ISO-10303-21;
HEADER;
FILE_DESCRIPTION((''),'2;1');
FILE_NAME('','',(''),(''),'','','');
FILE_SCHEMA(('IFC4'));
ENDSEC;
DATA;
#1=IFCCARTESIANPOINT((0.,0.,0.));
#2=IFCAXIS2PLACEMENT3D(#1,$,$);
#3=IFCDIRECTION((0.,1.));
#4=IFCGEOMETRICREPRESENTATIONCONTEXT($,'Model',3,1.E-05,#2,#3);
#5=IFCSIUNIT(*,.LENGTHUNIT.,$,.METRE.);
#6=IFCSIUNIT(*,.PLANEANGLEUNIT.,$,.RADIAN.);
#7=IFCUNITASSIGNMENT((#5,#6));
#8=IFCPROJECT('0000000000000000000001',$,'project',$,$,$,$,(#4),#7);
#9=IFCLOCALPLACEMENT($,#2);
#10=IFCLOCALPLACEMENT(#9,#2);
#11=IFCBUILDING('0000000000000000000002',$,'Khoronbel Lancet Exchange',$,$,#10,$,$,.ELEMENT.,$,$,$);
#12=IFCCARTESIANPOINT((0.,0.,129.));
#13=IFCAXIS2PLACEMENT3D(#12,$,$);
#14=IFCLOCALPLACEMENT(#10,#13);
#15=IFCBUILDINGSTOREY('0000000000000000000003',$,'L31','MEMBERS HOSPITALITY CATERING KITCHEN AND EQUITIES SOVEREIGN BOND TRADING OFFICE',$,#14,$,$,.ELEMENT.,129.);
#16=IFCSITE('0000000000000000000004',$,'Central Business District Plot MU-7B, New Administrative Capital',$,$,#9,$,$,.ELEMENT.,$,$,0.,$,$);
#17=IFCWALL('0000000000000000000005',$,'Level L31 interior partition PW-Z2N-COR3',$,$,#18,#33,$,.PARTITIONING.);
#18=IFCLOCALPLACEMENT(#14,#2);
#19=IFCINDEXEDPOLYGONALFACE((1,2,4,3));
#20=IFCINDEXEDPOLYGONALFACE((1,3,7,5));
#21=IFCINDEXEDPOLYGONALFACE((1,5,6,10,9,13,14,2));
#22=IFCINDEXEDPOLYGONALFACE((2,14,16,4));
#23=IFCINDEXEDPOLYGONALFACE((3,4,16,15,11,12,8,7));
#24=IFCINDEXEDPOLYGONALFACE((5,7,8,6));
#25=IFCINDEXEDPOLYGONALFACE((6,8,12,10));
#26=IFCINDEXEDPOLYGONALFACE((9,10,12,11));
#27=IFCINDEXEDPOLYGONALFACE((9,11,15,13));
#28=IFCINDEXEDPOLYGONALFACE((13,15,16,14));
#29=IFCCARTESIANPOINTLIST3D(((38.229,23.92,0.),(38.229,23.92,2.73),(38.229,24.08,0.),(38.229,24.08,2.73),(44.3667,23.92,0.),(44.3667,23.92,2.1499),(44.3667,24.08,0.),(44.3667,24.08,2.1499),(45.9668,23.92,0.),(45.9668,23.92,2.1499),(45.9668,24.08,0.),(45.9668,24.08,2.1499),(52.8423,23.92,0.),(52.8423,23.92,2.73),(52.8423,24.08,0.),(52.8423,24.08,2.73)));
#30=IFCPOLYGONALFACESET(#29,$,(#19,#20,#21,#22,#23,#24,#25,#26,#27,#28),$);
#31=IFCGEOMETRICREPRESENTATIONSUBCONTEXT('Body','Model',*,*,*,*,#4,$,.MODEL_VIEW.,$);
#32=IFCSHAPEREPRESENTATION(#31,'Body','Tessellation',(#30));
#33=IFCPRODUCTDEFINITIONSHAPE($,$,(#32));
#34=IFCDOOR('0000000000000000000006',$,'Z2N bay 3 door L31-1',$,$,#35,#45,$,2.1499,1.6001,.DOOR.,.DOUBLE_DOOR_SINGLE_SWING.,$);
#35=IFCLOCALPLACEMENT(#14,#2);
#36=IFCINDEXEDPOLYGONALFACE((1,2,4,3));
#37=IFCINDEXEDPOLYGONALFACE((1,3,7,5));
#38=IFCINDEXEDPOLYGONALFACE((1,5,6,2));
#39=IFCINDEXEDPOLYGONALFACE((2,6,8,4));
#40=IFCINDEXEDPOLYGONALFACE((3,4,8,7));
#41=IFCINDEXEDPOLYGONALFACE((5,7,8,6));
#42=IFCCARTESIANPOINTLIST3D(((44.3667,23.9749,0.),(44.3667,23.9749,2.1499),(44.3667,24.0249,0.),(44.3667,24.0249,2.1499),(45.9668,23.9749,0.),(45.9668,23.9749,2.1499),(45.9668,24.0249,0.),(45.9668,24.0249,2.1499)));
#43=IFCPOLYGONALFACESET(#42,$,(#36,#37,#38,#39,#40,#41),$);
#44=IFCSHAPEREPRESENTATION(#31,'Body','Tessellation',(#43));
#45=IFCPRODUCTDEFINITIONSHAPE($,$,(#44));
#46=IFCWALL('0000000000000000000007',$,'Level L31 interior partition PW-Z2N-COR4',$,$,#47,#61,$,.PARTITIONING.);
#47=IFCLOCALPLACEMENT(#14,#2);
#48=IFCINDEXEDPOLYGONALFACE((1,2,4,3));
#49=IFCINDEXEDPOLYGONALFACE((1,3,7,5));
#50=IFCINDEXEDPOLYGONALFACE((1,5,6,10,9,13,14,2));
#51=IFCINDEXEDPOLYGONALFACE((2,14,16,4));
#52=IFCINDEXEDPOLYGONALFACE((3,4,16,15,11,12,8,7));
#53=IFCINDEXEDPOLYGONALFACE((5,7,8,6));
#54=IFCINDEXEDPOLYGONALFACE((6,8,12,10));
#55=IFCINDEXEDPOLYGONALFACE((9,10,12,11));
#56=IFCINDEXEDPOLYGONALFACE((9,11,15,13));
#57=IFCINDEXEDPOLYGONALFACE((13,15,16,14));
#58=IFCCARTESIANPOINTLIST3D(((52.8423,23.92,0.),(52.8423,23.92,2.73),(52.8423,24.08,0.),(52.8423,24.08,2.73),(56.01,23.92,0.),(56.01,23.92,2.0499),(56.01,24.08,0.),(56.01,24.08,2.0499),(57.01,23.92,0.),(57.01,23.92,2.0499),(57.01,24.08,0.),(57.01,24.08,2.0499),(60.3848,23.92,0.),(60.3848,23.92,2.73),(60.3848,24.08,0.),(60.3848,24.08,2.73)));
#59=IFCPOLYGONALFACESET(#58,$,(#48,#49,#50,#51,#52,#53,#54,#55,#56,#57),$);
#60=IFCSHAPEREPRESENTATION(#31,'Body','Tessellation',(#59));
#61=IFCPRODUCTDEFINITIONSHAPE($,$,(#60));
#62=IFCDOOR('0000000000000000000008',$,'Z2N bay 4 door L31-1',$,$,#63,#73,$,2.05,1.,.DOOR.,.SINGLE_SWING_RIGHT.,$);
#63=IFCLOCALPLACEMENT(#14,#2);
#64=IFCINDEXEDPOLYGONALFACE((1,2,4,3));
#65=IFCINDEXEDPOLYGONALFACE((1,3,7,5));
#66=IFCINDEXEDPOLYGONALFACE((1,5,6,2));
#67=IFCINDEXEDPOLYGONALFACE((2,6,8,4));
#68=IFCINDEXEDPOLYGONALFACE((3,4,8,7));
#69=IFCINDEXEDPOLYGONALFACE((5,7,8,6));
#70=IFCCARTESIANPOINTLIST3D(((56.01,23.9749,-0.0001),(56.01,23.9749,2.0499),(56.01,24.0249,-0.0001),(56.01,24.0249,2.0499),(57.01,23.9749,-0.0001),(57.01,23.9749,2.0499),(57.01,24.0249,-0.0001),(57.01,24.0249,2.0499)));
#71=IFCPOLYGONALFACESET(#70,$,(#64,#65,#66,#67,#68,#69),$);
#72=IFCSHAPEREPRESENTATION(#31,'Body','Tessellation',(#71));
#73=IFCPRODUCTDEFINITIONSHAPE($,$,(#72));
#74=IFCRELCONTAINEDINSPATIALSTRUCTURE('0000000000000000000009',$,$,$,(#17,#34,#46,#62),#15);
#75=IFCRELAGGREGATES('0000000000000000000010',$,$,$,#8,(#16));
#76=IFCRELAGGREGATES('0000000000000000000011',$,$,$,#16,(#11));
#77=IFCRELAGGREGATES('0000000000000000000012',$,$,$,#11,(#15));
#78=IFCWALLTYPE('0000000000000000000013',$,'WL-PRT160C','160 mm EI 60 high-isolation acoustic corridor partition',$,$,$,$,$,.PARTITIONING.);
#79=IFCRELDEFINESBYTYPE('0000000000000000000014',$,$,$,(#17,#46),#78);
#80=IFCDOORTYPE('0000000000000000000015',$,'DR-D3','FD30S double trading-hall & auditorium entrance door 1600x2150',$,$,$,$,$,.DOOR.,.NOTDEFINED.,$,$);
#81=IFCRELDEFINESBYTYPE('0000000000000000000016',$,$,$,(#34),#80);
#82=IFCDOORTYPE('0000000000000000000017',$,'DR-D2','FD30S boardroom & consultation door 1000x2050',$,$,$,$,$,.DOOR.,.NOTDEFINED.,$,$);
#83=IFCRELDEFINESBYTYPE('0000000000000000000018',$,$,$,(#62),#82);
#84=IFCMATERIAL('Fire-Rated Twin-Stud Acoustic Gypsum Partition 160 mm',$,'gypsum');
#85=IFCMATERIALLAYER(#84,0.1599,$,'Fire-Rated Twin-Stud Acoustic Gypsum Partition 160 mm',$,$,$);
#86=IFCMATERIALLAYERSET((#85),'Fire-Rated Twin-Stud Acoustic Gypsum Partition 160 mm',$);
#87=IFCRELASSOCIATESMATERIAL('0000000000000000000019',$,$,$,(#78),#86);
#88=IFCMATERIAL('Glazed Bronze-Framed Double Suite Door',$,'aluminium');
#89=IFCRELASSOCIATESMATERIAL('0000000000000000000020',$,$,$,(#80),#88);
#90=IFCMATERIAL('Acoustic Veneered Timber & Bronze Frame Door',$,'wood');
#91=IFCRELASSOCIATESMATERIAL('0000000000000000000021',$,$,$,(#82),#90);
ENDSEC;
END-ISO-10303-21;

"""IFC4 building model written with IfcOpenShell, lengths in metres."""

from ifc_helpers import new_model, si_unit, direction, frame, frame_2d, origin, place, context, subcontext, project, spatial, rectangle, extrude, material, layer, layer_set, type_object, element, fill, save


model = new_model("IFC4")

# Units and contexts
model_context = context("Model", 3, precision=1e-05, world=origin(), true_north=direction((0.0, 1.0)))
body_context = subcontext(model_context, "Body", "Model", "MODEL_VIEW")
ifc_project = project(units=[si_unit("LENGTHUNIT", "METRE"), si_unit("PLANEANGLEUNIT", "RADIAN")], contexts=[model_context])

# Site, building, storey
site_placement = place(None, origin())
site = spatial("IfcSite", under=ifc_project, at=site_placement, Name="Central Business District Plot MU-7B, New Administrative Capital", CompositionType="ELEMENT", RefElevation=0.0)
building_placement = place(site_placement, origin())
building = spatial("IfcBuilding", under=site, at=building_placement, Name="Khoronbel Lancet Exchange", CompositionType="ELEMENT")
storey_placement = place(building_placement, frame((0.0, 0.0, 129.0)))
storey = spatial("IfcBuildingStorey", under=building, at=storey_placement, Name="L31", Description="MEMBERS HOSPITALITY CATERING KITCHEN AND EQUITIES SOVEREIGN BOND TRADING OFFICE", CompositionType="ELEMENT", Elevation=129.0)

# Walls, openings, doors
ifc_material_1 = material(Name="Fire-Rated Twin-Stud Acoustic Gypsum Partition 160 mm", Category="gypsum")
ifc_layer_1 = layer(ifc_material_1, 0.1599, Name="Fire-Rated Twin-Stud Acoustic Gypsum Partition 160 mm")
ifc_layer_set_1 = layer_set([ifc_layer_1], Name="Fire-Rated Twin-Stud Acoustic Gypsum Partition 160 mm")
wall_type_1 = type_object("IfcWallType", Name="WL-PRT160C", Description="160 mm EI 60 high-isolation acoustic corridor partition", PredefinedType="PARTITIONING", material=ifc_layer_set_1)
ifc_material_2 = material(Name="Glazed Bronze-Framed Double Suite Door", Category="aluminium")
door_type_1 = type_object("IfcDoorType", Name="DR-D3", Description="FD30S double trading-hall & auditorium entrance door 1600x2150", OperationType="NOTDEFINED", PredefinedType="DOOR", material=ifc_material_2)
ifc_material_3 = material(Name="Acoustic Veneered Timber & Bronze Frame Door", Category="wood")
door_type_2 = type_object("IfcDoorType", Name="DR-D2", Description="FD30S boardroom & consultation door 1000x2050", OperationType="NOTDEFINED", PredefinedType="DOOR", material=ifc_material_3)
wall_1_placement = place(storey_placement, frame((38.229, 24.0, 0.0), z_axis=(0.0, 0.0, 1.0), x_axis=(1.0, 0.0, 0.0)))
wall_1 = element("IfcWall", 1, at=wall_1_placement, inside=storey, type_object=wall_type_1, Name="Level L31 interior partition PW-Z2N-COR3", PredefinedType="PARTITIONING", context=body_context, shape_type="SweptSolid", body=[
    extrude(rectangle(XDim=14.6133, YDim=0.1599, at=frame_2d((7.3066, 0.0))), origin(), (0.0, 0.0, 1.0), 2.73),
])
opening_1_placement = place(wall_1_placement, frame((6.1377, 0.0, 0.0)))
opening_1 = element("IfcOpeningElement", 2, at=opening_1_placement, cuts=wall_1, PredefinedType="OPENING", context=body_context, shape_type="SweptSolid", body=[
    extrude(rectangle(XDim=1.6001, YDim=2.1499, at=frame_2d((0.8, 1.075))), frame((0.0, 0.0898, 0.0), z_axis=(0.0, -1.0, 0.0), x_axis=(1.0, 0.0, 0.0)), (0.0, 0.0, 1.0), 0.1799),
])
door_1_placement = place(opening_1_placement, origin())
door_1 = element("IfcDoor", 3, at=door_1_placement, inside=storey, type_object=door_type_1, Name="Z2N bay 3 door L31-1", OperationType="DOUBLE_DOOR_SINGLE_SWING", OverallHeight=2.1499, OverallWidth=1.6001, PredefinedType="DOOR", context=body_context, shape_type="SweptSolid", body=[
    extrude(rectangle(XDim=1.6001, YDim=2.1499, at=frame_2d((0.8, 1.075))), frame((0.0, 0.0249, 0.0), z_axis=(0.0, -1.0, 0.0), x_axis=(1.0, 0.0, 0.0)), (0.0, 0.0, 1.0), 0.05),
])
fill(opening_1, door_1)
wall_2_placement = place(storey_placement, frame((52.8423, 24.0, 0.0), z_axis=(0.0, 0.0, 1.0), x_axis=(1.0, 0.0, 0.0)))
wall_2 = element("IfcWall", 4, at=wall_2_placement, inside=storey, type_object=wall_type_1, Name="Level L31 interior partition PW-Z2N-COR4", PredefinedType="PARTITIONING", context=body_context, shape_type="SweptSolid", body=[
    extrude(rectangle(XDim=7.5425, YDim=0.1599, at=frame_2d((3.7712, 0.0))), origin(), (0.0, 0.0, 1.0), 2.73),
])
opening_2_placement = place(wall_2_placement, frame((3.1677, 0.0, 0.0)))
opening_2 = element("IfcOpeningElement", 5, at=opening_2_placement, cuts=wall_2, PredefinedType="OPENING", context=body_context, shape_type="SweptSolid", body=[
    extrude(rectangle(XDim=1.0, YDim=2.05, at=frame_2d((0.5, 1.0249))), frame((0.0, 0.0898, 0.0), z_axis=(0.0, -1.0, 0.0), x_axis=(1.0, 0.0, 0.0)), (0.0, 0.0, 1.0), 0.1799),
])
door_2_placement = place(opening_2_placement, origin())
door_2 = element("IfcDoor", 6, at=door_2_placement, inside=storey, type_object=door_type_2, Name="Z2N bay 4 door L31-1", OperationType="SINGLE_SWING_RIGHT", OverallHeight=2.05, OverallWidth=1.0, PredefinedType="DOOR", context=body_context, shape_type="SweptSolid", body=[
    extrude(rectangle(XDim=1.0, YDim=2.05, at=frame_2d((0.5, 1.0249))), frame((0.0, 0.0249, 0.0), z_axis=(0.0, -1.0, 0.0), x_axis=(1.0, 0.0, 0.0)), (0.0, 0.0, 1.0), 0.05),
])
fill(opening_2, door_2)

save(model, "model.ifc")
